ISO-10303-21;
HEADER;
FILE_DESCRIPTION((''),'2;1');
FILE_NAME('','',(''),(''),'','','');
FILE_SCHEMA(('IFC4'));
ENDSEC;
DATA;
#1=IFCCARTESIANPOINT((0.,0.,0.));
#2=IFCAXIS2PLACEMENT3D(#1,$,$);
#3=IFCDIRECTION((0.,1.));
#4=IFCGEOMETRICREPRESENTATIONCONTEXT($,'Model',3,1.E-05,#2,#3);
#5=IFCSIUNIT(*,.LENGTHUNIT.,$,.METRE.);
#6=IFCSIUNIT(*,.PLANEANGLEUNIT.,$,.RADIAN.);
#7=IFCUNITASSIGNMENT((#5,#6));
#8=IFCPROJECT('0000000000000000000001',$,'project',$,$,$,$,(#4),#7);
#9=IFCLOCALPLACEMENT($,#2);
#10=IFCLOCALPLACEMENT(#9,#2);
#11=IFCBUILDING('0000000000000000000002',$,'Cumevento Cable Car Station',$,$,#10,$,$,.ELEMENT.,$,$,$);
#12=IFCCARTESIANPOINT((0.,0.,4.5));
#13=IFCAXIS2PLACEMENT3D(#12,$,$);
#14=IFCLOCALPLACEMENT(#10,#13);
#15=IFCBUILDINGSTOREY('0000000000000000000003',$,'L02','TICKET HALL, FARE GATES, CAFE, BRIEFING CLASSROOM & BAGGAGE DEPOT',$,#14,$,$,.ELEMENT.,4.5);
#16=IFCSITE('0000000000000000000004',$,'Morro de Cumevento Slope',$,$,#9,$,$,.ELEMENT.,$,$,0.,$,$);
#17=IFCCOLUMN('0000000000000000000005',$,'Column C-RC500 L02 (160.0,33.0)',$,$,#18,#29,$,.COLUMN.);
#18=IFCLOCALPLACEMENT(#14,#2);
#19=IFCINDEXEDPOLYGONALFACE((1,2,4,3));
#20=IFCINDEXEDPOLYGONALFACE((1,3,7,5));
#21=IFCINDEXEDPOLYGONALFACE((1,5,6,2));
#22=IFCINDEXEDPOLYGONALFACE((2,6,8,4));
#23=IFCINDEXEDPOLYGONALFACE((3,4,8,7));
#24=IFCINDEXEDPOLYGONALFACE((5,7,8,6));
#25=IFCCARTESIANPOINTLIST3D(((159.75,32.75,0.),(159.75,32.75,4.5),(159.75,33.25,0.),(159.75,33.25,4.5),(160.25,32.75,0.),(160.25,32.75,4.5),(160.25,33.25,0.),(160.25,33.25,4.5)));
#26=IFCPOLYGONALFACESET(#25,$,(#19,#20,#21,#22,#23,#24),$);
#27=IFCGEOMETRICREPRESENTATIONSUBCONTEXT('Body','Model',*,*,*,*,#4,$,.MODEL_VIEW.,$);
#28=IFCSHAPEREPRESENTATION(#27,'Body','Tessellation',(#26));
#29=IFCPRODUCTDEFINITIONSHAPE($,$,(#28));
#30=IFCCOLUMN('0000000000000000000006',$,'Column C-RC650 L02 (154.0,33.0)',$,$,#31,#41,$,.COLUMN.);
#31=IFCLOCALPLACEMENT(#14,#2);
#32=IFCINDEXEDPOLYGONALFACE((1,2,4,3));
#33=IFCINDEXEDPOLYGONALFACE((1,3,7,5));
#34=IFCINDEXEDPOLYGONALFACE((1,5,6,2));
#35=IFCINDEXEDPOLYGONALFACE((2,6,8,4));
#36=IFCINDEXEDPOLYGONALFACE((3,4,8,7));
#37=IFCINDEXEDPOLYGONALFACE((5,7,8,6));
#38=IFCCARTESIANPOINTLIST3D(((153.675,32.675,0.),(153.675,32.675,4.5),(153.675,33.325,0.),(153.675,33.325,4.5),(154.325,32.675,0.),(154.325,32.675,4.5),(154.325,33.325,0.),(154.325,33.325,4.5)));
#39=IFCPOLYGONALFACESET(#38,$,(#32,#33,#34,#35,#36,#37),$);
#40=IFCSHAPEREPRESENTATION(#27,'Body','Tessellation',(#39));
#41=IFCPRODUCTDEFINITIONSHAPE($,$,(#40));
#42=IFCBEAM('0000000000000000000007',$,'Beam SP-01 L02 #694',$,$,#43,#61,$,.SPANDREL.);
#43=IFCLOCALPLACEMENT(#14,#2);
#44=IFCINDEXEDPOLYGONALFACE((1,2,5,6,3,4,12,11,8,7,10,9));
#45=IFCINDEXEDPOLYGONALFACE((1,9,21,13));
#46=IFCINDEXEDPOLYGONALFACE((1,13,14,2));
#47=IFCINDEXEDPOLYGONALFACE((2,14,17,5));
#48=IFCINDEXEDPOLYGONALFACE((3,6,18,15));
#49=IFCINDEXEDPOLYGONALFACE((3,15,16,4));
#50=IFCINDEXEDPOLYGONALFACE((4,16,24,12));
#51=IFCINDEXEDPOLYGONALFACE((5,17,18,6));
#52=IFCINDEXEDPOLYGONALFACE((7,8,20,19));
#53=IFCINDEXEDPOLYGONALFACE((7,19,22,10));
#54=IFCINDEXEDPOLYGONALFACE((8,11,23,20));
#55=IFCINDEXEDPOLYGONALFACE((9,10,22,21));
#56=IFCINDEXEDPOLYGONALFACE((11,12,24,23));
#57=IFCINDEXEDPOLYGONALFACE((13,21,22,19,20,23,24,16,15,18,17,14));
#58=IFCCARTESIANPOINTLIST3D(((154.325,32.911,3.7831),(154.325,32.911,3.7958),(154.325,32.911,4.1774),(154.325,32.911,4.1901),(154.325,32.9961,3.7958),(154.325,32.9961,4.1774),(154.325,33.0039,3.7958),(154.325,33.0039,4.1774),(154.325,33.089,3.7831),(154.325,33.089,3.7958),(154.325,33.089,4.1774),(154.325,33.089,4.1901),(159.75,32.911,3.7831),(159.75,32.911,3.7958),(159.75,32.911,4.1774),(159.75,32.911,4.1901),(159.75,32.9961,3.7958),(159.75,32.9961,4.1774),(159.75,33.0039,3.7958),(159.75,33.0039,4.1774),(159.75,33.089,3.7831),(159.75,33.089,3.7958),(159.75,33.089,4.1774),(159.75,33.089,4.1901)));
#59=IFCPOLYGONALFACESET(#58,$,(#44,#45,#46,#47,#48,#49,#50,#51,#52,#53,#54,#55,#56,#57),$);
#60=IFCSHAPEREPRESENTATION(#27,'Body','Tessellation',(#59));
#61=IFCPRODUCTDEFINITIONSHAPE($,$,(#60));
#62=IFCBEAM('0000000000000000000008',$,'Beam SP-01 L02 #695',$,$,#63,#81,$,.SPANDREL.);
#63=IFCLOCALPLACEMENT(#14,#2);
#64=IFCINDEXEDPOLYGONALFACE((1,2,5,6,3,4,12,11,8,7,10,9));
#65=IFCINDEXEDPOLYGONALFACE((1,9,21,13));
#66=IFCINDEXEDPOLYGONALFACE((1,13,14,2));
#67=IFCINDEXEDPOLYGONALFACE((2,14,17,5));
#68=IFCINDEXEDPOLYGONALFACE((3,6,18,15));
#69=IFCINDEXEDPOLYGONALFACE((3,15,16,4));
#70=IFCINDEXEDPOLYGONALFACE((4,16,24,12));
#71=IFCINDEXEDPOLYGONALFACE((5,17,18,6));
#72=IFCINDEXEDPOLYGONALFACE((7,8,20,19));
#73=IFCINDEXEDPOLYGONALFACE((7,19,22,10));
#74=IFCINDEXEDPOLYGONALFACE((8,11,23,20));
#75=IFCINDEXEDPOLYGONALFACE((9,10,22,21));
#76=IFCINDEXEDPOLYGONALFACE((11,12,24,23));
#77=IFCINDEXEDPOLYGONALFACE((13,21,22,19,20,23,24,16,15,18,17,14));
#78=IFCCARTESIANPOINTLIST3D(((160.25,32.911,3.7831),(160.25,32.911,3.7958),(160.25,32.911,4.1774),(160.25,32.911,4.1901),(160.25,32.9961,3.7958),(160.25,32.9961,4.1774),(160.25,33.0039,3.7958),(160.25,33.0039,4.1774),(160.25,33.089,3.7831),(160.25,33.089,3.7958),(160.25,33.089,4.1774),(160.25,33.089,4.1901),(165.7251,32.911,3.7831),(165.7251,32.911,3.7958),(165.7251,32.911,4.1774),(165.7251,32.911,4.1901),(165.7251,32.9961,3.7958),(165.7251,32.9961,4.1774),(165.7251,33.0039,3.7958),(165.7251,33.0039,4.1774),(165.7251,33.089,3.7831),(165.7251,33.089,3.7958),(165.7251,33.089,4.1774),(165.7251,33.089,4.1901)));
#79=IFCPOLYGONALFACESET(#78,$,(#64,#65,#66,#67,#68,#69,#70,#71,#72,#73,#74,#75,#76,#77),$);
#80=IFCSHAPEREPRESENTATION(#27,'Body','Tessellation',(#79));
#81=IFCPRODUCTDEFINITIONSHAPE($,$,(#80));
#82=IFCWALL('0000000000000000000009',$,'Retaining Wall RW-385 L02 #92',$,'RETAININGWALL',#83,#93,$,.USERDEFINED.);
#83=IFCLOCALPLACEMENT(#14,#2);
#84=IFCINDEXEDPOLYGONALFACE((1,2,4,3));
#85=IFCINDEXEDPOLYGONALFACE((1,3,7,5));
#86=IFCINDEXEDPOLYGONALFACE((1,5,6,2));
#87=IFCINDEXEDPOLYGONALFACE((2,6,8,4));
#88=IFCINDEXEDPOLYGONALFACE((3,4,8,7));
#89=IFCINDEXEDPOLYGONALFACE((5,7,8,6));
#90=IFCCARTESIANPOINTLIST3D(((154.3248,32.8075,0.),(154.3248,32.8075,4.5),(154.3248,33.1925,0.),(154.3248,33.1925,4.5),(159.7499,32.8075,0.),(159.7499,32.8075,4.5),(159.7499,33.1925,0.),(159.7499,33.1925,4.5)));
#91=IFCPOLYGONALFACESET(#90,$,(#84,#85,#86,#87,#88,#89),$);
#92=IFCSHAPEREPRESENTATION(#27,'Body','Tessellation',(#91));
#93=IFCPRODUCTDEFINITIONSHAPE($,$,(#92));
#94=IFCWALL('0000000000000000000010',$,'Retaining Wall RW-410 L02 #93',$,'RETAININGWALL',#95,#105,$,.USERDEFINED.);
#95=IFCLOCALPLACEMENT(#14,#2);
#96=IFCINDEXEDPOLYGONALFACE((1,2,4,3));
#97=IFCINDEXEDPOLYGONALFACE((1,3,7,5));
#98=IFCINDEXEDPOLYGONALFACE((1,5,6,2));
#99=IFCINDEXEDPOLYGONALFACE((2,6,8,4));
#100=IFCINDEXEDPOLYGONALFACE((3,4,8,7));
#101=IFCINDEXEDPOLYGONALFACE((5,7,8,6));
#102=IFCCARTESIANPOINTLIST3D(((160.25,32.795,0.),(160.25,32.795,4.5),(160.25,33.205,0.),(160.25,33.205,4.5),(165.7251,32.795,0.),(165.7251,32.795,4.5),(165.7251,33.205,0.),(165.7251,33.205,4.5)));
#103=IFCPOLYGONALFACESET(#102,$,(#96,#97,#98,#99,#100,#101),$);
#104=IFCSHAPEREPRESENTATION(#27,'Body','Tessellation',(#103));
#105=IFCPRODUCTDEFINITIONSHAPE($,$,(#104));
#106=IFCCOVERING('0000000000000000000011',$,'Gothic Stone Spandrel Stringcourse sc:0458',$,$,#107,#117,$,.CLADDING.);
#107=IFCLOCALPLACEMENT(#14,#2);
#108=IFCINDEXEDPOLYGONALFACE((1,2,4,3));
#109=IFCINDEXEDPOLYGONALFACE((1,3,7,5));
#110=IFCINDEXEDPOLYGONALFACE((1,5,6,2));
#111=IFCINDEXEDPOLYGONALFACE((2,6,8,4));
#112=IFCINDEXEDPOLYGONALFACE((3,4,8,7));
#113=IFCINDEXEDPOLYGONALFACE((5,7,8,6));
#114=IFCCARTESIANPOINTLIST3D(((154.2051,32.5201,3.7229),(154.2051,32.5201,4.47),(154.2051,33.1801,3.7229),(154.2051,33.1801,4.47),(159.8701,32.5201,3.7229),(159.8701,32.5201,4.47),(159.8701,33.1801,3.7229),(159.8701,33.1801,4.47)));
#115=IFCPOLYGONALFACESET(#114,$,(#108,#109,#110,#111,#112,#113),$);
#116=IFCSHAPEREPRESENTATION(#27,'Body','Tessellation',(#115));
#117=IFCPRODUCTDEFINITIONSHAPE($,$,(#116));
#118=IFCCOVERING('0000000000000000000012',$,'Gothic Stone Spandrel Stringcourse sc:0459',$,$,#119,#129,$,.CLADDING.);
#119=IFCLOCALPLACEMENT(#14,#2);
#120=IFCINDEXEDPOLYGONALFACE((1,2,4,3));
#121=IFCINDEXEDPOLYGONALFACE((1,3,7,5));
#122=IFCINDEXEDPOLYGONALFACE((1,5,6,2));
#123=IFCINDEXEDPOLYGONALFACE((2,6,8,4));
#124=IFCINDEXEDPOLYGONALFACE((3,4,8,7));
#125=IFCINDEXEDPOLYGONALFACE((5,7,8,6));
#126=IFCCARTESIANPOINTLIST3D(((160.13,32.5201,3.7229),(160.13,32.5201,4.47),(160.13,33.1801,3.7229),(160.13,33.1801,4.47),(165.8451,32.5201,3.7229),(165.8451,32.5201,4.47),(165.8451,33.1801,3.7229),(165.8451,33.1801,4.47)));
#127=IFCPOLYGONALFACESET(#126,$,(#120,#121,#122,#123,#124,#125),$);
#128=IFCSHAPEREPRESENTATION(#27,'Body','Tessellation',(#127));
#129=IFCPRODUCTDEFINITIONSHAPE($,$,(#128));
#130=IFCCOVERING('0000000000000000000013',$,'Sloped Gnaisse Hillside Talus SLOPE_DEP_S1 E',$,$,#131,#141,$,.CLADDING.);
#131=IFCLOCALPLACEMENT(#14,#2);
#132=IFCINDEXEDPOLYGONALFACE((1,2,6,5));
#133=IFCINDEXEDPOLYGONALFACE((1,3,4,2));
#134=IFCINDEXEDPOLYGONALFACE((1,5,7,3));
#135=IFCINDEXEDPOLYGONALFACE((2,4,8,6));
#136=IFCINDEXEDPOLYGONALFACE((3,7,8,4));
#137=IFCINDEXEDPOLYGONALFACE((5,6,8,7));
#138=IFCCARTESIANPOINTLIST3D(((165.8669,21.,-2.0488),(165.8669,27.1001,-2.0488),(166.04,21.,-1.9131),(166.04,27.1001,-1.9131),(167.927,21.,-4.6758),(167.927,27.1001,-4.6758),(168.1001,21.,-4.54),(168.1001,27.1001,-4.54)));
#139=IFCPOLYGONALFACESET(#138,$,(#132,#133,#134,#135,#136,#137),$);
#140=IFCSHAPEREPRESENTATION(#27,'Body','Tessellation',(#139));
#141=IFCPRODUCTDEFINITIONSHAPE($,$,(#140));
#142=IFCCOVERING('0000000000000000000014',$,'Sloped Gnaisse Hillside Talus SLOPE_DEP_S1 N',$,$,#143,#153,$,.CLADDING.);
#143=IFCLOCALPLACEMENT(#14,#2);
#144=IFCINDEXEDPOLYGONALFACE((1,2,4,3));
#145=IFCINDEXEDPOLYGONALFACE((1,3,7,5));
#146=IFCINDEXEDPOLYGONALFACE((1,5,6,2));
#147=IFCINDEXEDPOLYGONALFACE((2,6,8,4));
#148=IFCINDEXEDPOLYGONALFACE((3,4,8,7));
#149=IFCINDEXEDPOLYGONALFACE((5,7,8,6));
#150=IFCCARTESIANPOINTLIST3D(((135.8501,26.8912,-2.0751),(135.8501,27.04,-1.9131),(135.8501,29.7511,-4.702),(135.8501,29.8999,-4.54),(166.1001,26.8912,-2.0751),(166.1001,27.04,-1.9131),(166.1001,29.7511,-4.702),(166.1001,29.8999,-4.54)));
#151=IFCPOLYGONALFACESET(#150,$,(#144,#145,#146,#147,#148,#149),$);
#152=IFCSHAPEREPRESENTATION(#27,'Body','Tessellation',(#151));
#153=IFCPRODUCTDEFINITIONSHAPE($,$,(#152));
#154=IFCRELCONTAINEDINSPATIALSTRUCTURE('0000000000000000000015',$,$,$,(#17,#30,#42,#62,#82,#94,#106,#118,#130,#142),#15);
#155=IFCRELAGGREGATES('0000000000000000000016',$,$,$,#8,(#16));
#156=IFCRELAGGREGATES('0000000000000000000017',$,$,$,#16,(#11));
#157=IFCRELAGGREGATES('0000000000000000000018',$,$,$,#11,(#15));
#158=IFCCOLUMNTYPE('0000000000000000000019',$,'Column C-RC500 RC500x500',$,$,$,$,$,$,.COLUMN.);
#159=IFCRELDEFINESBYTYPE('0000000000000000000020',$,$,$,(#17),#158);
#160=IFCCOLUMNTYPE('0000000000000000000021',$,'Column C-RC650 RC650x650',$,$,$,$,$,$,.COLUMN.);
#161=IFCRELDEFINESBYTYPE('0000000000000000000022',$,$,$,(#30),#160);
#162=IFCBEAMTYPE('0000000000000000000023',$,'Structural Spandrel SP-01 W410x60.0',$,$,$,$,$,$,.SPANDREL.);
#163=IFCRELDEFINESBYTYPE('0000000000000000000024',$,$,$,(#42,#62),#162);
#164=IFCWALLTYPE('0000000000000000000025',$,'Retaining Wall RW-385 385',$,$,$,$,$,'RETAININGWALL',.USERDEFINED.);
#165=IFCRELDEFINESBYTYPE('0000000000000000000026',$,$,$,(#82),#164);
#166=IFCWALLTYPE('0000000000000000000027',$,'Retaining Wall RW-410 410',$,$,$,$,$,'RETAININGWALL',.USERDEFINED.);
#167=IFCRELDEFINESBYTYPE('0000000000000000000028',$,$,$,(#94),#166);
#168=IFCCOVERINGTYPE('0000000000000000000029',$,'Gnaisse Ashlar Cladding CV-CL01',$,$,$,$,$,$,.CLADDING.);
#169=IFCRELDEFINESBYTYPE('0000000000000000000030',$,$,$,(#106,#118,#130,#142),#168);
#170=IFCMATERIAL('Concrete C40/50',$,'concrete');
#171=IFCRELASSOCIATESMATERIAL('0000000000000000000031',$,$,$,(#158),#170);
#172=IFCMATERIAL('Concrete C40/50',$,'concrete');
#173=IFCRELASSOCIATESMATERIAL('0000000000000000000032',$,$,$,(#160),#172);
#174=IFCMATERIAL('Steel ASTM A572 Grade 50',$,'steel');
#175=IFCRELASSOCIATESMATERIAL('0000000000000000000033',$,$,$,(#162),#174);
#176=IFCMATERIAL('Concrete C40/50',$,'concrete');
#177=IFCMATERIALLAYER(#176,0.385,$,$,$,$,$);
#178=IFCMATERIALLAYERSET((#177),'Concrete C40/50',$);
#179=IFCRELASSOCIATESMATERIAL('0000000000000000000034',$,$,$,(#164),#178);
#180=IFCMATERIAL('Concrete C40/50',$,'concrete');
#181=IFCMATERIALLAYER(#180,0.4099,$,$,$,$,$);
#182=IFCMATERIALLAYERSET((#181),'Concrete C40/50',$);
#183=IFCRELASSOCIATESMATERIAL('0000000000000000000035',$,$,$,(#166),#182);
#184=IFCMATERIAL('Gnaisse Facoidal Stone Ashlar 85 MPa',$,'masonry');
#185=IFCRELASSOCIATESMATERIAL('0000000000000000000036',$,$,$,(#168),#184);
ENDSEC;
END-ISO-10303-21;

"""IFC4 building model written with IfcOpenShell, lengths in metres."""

from ifc_helpers import new_model, si_unit, direction, frame, frame_2d, origin, origin_2d, place, context, subcontext, project, spatial, polyline, rectangle, i_section, outline, extrude, material, layer, layer_set, material_profile, profile_set, type_object, element, save


model = new_model("IFC4")

# Units and contexts
model_context = context("Model", 3, precision=1e-05, world=origin(), true_north=direction((0.0, 1.0)))
body_context = subcontext(model_context, "Body", "Model", "MODEL_VIEW")
ifc_project = project(units=[si_unit("LENGTHUNIT", "METRE"), si_unit("PLANEANGLEUNIT", "RADIAN")], contexts=[model_context])

# Site, building, storey
site_placement = place(None, origin())
site = spatial("IfcSite", under=ifc_project, at=site_placement, Name="Morro de Cumevento Slope", CompositionType="ELEMENT", RefElevation=0.0)
building_placement = place(site_placement, origin())
building = spatial("IfcBuilding", under=site, at=building_placement, Name="Cumevento Cable Car Station", CompositionType="ELEMENT")
storey_placement = place(building_placement, frame((0.0, 0.0, 4.5)))
storey = spatial("IfcBuildingStorey", under=building, at=storey_placement, Name="L02", Description="TICKET HALL, FARE GATES, CAFE, BRIEFING CLASSROOM & BAGGAGE DEPOT", CompositionType="ELEMENT", Elevation=4.5)

# Columns
ifc_material_1 = material(Name="Concrete C40/50", Category="concrete")
ifc_material_profile_1 = material_profile(ifc_material_1, rectangle(XDim=0.5, YDim=0.5, at=origin_2d()), Name="RC500x500")
ifc_profile_set_1 = profile_set([ifc_material_profile_1], Name="Concrete C40/50")
column_type_1 = type_object("IfcColumnType", Name="Column C-RC500 RC500x500", PredefinedType="COLUMN", material=ifc_profile_set_1)
column_1_placement = place(storey_placement, frame((160.0, 33.0, 0.0), z_axis=(0.0, 0.0, 1.0), x_axis=(1.0, 0.0, 0.0)))
element("IfcColumn", 1, at=column_1_placement, inside=storey, type_object=column_type_1, Name="Column C-RC500 L02 (160.0,33.0)", PredefinedType="COLUMN", context=body_context, shape_type="SweptSolid", body=[
    extrude(rectangle(XDim=0.5, YDim=0.5, at=origin_2d()), origin(), (0.0, 0.0, 1.0), 4.5),
])
ifc_material_2 = material(Name="Concrete C40/50", Category="concrete")
ifc_material_profile_2 = material_profile(ifc_material_2, rectangle(XDim=0.6499, YDim=0.6499, at=origin_2d()), Name="RC650x650")
ifc_profile_set_2 = profile_set([ifc_material_profile_2], Name="Concrete C40/50")
column_type_2 = type_object("IfcColumnType", Name="Column C-RC650 RC650x650", PredefinedType="COLUMN", material=ifc_profile_set_2)
column_2_placement = place(storey_placement, frame((154.0, 33.0, 0.0), z_axis=(0.0, 0.0, 1.0), x_axis=(1.0, 0.0, 0.0)))
element("IfcColumn", 2, at=column_2_placement, inside=storey, type_object=column_type_2, Name="Column C-RC650 L02 (154.0,33.0)", PredefinedType="COLUMN", context=body_context, shape_type="SweptSolid", body=[
    extrude(rectangle(XDim=0.6499, YDim=0.6499, at=origin_2d()), origin(), (0.0, 0.0, 1.0), 4.5),
])

# Beams
ifc_material_3 = material(Name="Steel ASTM A572 Grade 50", Category="steel")
ifc_material_profile_3 = material_profile(ifc_material_3, i_section(OverallWidth=0.178, OverallDepth=0.407, WebThickness=0.0078, FlangeThickness=0.0127, at=origin_2d()), Name="W410x60.0")
ifc_profile_set_3 = profile_set([ifc_material_profile_3], Name="Steel ASTM A572 Grade 50")
beam_type = type_object("IfcBeamType", Name="Structural Spandrel SP-01 W410x60.0", PredefinedType="SPANDREL", material=ifc_profile_set_3)
beam_1_placement = place(storey_placement, frame((154.325, 33.0, 3.9866), z_axis=(1.0, 0.0, 0.0), x_axis=(0.0, 1.0, 0.0)))
element("IfcBeam", 3, at=beam_1_placement, inside=storey, type_object=beam_type, Name="Beam SP-01 L02 #694", PredefinedType="SPANDREL", context=body_context, shape_type="SweptSolid", body=[
    extrude(i_section(OverallWidth=0.178, OverallDepth=0.407, WebThickness=0.0078, FlangeThickness=0.0127, at=origin_2d()), origin(), (0.0, 0.0, 1.0), 5.425),
])
beam_2_placement = place(storey_placement, frame((160.25, 33.0, 3.9866), z_axis=(1.0, 0.0, 0.0), x_axis=(0.0, 1.0, 0.0)))
element("IfcBeam", 4, at=beam_2_placement, inside=storey, type_object=beam_type, Name="Beam SP-01 L02 #695", PredefinedType="SPANDREL", context=body_context, shape_type="SweptSolid", body=[
    extrude(i_section(OverallWidth=0.178, OverallDepth=0.407, WebThickness=0.0078, FlangeThickness=0.0127, at=origin_2d()), origin(), (0.0, 0.0, 1.0), 5.4751),
])

# Walls
ifc_material_4 = material(Name="Concrete C40/50", Category="concrete")
ifc_layer_1 = layer(ifc_material_4, 0.385)
ifc_layer_set_1 = layer_set([ifc_layer_1], Name="Concrete C40/50")
wall_type_1 = type_object("IfcWallType", Name="Retaining Wall RW-385 385", ElementType="RETAININGWALL", PredefinedType="USERDEFINED", material=ifc_layer_set_1)
wall_1_placement = place(storey_placement, frame((154.325, 33.0, 0.0), z_axis=(0.0, 0.0, 1.0), x_axis=(1.0, 0.0, 0.0)))
element("IfcWall", 5, at=wall_1_placement, inside=storey, type_object=wall_type_1, Name="Retaining Wall RW-385 L02 #92", ObjectType="RETAININGWALL", PredefinedType="USERDEFINED", context=body_context, shape_type="SweptSolid", body=[
    extrude(rectangle(XDim=5.425, YDim=0.385, at=frame_2d((2.7124, 0.0))), origin(), (0.0, 0.0, 1.0), 4.5),
])
ifc_material_5 = material(Name="Concrete C40/50", Category="concrete")
ifc_layer_2 = layer(ifc_material_5, 0.4099)
ifc_layer_set_2 = layer_set([ifc_layer_2], Name="Concrete C40/50")
wall_type_2 = type_object("IfcWallType", Name="Retaining Wall RW-410 410", ElementType="RETAININGWALL", PredefinedType="USERDEFINED", material=ifc_layer_set_2)
wall_2_placement = place(storey_placement, frame((160.25, 33.0, 0.0), z_axis=(0.0, 0.0, 1.0), x_axis=(1.0, 0.0, 0.0)))
element("IfcWall", 6, at=wall_2_placement, inside=storey, type_object=wall_type_2, Name="Retaining Wall RW-410 L02 #93", ObjectType="RETAININGWALL", PredefinedType="USERDEFINED", context=body_context, shape_type="SweptSolid", body=[
    extrude(rectangle(XDim=5.4751, YDim=0.4099, at=frame_2d((2.7375, 0.0))), origin(), (0.0, 0.0, 1.0), 4.5),
])

# Coverings
ifc_material_6 = material(Name="Gnaisse Facoidal Stone Ashlar 85 MPa", Category="masonry")
covering_type = type_object("IfcCoveringType", Name="Gnaisse Ashlar Cladding CV-CL01", PredefinedType="CLADDING", material=ifc_material_6)
covering_1_placement = place(storey_placement, frame((157.0376, 32.8501, 3.7229), z_axis=(0.0, 0.0, 1.0), x_axis=(1.0, 0.0, 0.0)))
element("IfcCovering", 7, at=covering_1_placement, inside=storey, type_object=covering_type, Name="Gothic Stone Spandrel Stringcourse sc:0458", PredefinedType="CLADDING", context=body_context, shape_type="SweptSolid", body=[
    extrude(rectangle(XDim=5.665, YDim=0.6599, at=origin_2d()), origin(), (0.0, 0.0, 1.0), 0.7471),
])
covering_2_placement = place(storey_placement, frame((162.9875, 32.8501, 3.7229), z_axis=(0.0, 0.0, 1.0), x_axis=(1.0, 0.0, 0.0)))
element("IfcCovering", 8, at=covering_2_placement, inside=storey, type_object=covering_type, Name="Gothic Stone Spandrel Stringcourse sc:0459", PredefinedType="CLADDING", context=body_context, shape_type="SweptSolid", body=[
    extrude(rectangle(XDim=5.7151, YDim=0.6599, at=origin_2d()), origin(), (0.0, 0.0, 1.0), 0.7471),
])
covering_3_placement = place(storey_placement, frame((168.1001, 21.0, -4.54), z_axis=(0.786897, 0.0, 0.617085), x_axis=(0.0, 1.0, 0.0)))
element("IfcCovering", 9, at=covering_3_placement, inside=storey, type_object=covering_type, Name="Sloped Gnaisse Hillside Talus SLOPE_DEP_S1 E", PredefinedType="CLADDING", context=body_context, shape_type="SweptSolid", body=[
    extrude(outline(polyline([(0.0, 0.0), (6.1001, 0.0), (6.1001, 3.3384), (0.0, 3.3384), (0.0, 0.0)])), origin(), (0.0, 0.0, -1.0), 0.22),
])
covering_4_placement = place(storey_placement, frame((166.1001, 29.8999, -4.54), z_axis=(0.0, 0.676482, 0.73646), x_axis=(-1.0, 0.0, 0.0)))
element("IfcCovering", 10, at=covering_4_placement, inside=storey, type_object=covering_type, Name="Sloped Gnaisse Hillside Talus SLOPE_DEP_S1 N", PredefinedType="CLADDING", context=body_context, shape_type="SweptSolid", body=[
    extrude(outline(polyline([(0.0, 0.0), (30.25, 0.0), (30.25, 3.8833), (0.0, 3.8833), (0.0, 0.0)])), origin(), (0.0, 0.0, -1.0), 0.22),
])

save(model, "model.ifc")
